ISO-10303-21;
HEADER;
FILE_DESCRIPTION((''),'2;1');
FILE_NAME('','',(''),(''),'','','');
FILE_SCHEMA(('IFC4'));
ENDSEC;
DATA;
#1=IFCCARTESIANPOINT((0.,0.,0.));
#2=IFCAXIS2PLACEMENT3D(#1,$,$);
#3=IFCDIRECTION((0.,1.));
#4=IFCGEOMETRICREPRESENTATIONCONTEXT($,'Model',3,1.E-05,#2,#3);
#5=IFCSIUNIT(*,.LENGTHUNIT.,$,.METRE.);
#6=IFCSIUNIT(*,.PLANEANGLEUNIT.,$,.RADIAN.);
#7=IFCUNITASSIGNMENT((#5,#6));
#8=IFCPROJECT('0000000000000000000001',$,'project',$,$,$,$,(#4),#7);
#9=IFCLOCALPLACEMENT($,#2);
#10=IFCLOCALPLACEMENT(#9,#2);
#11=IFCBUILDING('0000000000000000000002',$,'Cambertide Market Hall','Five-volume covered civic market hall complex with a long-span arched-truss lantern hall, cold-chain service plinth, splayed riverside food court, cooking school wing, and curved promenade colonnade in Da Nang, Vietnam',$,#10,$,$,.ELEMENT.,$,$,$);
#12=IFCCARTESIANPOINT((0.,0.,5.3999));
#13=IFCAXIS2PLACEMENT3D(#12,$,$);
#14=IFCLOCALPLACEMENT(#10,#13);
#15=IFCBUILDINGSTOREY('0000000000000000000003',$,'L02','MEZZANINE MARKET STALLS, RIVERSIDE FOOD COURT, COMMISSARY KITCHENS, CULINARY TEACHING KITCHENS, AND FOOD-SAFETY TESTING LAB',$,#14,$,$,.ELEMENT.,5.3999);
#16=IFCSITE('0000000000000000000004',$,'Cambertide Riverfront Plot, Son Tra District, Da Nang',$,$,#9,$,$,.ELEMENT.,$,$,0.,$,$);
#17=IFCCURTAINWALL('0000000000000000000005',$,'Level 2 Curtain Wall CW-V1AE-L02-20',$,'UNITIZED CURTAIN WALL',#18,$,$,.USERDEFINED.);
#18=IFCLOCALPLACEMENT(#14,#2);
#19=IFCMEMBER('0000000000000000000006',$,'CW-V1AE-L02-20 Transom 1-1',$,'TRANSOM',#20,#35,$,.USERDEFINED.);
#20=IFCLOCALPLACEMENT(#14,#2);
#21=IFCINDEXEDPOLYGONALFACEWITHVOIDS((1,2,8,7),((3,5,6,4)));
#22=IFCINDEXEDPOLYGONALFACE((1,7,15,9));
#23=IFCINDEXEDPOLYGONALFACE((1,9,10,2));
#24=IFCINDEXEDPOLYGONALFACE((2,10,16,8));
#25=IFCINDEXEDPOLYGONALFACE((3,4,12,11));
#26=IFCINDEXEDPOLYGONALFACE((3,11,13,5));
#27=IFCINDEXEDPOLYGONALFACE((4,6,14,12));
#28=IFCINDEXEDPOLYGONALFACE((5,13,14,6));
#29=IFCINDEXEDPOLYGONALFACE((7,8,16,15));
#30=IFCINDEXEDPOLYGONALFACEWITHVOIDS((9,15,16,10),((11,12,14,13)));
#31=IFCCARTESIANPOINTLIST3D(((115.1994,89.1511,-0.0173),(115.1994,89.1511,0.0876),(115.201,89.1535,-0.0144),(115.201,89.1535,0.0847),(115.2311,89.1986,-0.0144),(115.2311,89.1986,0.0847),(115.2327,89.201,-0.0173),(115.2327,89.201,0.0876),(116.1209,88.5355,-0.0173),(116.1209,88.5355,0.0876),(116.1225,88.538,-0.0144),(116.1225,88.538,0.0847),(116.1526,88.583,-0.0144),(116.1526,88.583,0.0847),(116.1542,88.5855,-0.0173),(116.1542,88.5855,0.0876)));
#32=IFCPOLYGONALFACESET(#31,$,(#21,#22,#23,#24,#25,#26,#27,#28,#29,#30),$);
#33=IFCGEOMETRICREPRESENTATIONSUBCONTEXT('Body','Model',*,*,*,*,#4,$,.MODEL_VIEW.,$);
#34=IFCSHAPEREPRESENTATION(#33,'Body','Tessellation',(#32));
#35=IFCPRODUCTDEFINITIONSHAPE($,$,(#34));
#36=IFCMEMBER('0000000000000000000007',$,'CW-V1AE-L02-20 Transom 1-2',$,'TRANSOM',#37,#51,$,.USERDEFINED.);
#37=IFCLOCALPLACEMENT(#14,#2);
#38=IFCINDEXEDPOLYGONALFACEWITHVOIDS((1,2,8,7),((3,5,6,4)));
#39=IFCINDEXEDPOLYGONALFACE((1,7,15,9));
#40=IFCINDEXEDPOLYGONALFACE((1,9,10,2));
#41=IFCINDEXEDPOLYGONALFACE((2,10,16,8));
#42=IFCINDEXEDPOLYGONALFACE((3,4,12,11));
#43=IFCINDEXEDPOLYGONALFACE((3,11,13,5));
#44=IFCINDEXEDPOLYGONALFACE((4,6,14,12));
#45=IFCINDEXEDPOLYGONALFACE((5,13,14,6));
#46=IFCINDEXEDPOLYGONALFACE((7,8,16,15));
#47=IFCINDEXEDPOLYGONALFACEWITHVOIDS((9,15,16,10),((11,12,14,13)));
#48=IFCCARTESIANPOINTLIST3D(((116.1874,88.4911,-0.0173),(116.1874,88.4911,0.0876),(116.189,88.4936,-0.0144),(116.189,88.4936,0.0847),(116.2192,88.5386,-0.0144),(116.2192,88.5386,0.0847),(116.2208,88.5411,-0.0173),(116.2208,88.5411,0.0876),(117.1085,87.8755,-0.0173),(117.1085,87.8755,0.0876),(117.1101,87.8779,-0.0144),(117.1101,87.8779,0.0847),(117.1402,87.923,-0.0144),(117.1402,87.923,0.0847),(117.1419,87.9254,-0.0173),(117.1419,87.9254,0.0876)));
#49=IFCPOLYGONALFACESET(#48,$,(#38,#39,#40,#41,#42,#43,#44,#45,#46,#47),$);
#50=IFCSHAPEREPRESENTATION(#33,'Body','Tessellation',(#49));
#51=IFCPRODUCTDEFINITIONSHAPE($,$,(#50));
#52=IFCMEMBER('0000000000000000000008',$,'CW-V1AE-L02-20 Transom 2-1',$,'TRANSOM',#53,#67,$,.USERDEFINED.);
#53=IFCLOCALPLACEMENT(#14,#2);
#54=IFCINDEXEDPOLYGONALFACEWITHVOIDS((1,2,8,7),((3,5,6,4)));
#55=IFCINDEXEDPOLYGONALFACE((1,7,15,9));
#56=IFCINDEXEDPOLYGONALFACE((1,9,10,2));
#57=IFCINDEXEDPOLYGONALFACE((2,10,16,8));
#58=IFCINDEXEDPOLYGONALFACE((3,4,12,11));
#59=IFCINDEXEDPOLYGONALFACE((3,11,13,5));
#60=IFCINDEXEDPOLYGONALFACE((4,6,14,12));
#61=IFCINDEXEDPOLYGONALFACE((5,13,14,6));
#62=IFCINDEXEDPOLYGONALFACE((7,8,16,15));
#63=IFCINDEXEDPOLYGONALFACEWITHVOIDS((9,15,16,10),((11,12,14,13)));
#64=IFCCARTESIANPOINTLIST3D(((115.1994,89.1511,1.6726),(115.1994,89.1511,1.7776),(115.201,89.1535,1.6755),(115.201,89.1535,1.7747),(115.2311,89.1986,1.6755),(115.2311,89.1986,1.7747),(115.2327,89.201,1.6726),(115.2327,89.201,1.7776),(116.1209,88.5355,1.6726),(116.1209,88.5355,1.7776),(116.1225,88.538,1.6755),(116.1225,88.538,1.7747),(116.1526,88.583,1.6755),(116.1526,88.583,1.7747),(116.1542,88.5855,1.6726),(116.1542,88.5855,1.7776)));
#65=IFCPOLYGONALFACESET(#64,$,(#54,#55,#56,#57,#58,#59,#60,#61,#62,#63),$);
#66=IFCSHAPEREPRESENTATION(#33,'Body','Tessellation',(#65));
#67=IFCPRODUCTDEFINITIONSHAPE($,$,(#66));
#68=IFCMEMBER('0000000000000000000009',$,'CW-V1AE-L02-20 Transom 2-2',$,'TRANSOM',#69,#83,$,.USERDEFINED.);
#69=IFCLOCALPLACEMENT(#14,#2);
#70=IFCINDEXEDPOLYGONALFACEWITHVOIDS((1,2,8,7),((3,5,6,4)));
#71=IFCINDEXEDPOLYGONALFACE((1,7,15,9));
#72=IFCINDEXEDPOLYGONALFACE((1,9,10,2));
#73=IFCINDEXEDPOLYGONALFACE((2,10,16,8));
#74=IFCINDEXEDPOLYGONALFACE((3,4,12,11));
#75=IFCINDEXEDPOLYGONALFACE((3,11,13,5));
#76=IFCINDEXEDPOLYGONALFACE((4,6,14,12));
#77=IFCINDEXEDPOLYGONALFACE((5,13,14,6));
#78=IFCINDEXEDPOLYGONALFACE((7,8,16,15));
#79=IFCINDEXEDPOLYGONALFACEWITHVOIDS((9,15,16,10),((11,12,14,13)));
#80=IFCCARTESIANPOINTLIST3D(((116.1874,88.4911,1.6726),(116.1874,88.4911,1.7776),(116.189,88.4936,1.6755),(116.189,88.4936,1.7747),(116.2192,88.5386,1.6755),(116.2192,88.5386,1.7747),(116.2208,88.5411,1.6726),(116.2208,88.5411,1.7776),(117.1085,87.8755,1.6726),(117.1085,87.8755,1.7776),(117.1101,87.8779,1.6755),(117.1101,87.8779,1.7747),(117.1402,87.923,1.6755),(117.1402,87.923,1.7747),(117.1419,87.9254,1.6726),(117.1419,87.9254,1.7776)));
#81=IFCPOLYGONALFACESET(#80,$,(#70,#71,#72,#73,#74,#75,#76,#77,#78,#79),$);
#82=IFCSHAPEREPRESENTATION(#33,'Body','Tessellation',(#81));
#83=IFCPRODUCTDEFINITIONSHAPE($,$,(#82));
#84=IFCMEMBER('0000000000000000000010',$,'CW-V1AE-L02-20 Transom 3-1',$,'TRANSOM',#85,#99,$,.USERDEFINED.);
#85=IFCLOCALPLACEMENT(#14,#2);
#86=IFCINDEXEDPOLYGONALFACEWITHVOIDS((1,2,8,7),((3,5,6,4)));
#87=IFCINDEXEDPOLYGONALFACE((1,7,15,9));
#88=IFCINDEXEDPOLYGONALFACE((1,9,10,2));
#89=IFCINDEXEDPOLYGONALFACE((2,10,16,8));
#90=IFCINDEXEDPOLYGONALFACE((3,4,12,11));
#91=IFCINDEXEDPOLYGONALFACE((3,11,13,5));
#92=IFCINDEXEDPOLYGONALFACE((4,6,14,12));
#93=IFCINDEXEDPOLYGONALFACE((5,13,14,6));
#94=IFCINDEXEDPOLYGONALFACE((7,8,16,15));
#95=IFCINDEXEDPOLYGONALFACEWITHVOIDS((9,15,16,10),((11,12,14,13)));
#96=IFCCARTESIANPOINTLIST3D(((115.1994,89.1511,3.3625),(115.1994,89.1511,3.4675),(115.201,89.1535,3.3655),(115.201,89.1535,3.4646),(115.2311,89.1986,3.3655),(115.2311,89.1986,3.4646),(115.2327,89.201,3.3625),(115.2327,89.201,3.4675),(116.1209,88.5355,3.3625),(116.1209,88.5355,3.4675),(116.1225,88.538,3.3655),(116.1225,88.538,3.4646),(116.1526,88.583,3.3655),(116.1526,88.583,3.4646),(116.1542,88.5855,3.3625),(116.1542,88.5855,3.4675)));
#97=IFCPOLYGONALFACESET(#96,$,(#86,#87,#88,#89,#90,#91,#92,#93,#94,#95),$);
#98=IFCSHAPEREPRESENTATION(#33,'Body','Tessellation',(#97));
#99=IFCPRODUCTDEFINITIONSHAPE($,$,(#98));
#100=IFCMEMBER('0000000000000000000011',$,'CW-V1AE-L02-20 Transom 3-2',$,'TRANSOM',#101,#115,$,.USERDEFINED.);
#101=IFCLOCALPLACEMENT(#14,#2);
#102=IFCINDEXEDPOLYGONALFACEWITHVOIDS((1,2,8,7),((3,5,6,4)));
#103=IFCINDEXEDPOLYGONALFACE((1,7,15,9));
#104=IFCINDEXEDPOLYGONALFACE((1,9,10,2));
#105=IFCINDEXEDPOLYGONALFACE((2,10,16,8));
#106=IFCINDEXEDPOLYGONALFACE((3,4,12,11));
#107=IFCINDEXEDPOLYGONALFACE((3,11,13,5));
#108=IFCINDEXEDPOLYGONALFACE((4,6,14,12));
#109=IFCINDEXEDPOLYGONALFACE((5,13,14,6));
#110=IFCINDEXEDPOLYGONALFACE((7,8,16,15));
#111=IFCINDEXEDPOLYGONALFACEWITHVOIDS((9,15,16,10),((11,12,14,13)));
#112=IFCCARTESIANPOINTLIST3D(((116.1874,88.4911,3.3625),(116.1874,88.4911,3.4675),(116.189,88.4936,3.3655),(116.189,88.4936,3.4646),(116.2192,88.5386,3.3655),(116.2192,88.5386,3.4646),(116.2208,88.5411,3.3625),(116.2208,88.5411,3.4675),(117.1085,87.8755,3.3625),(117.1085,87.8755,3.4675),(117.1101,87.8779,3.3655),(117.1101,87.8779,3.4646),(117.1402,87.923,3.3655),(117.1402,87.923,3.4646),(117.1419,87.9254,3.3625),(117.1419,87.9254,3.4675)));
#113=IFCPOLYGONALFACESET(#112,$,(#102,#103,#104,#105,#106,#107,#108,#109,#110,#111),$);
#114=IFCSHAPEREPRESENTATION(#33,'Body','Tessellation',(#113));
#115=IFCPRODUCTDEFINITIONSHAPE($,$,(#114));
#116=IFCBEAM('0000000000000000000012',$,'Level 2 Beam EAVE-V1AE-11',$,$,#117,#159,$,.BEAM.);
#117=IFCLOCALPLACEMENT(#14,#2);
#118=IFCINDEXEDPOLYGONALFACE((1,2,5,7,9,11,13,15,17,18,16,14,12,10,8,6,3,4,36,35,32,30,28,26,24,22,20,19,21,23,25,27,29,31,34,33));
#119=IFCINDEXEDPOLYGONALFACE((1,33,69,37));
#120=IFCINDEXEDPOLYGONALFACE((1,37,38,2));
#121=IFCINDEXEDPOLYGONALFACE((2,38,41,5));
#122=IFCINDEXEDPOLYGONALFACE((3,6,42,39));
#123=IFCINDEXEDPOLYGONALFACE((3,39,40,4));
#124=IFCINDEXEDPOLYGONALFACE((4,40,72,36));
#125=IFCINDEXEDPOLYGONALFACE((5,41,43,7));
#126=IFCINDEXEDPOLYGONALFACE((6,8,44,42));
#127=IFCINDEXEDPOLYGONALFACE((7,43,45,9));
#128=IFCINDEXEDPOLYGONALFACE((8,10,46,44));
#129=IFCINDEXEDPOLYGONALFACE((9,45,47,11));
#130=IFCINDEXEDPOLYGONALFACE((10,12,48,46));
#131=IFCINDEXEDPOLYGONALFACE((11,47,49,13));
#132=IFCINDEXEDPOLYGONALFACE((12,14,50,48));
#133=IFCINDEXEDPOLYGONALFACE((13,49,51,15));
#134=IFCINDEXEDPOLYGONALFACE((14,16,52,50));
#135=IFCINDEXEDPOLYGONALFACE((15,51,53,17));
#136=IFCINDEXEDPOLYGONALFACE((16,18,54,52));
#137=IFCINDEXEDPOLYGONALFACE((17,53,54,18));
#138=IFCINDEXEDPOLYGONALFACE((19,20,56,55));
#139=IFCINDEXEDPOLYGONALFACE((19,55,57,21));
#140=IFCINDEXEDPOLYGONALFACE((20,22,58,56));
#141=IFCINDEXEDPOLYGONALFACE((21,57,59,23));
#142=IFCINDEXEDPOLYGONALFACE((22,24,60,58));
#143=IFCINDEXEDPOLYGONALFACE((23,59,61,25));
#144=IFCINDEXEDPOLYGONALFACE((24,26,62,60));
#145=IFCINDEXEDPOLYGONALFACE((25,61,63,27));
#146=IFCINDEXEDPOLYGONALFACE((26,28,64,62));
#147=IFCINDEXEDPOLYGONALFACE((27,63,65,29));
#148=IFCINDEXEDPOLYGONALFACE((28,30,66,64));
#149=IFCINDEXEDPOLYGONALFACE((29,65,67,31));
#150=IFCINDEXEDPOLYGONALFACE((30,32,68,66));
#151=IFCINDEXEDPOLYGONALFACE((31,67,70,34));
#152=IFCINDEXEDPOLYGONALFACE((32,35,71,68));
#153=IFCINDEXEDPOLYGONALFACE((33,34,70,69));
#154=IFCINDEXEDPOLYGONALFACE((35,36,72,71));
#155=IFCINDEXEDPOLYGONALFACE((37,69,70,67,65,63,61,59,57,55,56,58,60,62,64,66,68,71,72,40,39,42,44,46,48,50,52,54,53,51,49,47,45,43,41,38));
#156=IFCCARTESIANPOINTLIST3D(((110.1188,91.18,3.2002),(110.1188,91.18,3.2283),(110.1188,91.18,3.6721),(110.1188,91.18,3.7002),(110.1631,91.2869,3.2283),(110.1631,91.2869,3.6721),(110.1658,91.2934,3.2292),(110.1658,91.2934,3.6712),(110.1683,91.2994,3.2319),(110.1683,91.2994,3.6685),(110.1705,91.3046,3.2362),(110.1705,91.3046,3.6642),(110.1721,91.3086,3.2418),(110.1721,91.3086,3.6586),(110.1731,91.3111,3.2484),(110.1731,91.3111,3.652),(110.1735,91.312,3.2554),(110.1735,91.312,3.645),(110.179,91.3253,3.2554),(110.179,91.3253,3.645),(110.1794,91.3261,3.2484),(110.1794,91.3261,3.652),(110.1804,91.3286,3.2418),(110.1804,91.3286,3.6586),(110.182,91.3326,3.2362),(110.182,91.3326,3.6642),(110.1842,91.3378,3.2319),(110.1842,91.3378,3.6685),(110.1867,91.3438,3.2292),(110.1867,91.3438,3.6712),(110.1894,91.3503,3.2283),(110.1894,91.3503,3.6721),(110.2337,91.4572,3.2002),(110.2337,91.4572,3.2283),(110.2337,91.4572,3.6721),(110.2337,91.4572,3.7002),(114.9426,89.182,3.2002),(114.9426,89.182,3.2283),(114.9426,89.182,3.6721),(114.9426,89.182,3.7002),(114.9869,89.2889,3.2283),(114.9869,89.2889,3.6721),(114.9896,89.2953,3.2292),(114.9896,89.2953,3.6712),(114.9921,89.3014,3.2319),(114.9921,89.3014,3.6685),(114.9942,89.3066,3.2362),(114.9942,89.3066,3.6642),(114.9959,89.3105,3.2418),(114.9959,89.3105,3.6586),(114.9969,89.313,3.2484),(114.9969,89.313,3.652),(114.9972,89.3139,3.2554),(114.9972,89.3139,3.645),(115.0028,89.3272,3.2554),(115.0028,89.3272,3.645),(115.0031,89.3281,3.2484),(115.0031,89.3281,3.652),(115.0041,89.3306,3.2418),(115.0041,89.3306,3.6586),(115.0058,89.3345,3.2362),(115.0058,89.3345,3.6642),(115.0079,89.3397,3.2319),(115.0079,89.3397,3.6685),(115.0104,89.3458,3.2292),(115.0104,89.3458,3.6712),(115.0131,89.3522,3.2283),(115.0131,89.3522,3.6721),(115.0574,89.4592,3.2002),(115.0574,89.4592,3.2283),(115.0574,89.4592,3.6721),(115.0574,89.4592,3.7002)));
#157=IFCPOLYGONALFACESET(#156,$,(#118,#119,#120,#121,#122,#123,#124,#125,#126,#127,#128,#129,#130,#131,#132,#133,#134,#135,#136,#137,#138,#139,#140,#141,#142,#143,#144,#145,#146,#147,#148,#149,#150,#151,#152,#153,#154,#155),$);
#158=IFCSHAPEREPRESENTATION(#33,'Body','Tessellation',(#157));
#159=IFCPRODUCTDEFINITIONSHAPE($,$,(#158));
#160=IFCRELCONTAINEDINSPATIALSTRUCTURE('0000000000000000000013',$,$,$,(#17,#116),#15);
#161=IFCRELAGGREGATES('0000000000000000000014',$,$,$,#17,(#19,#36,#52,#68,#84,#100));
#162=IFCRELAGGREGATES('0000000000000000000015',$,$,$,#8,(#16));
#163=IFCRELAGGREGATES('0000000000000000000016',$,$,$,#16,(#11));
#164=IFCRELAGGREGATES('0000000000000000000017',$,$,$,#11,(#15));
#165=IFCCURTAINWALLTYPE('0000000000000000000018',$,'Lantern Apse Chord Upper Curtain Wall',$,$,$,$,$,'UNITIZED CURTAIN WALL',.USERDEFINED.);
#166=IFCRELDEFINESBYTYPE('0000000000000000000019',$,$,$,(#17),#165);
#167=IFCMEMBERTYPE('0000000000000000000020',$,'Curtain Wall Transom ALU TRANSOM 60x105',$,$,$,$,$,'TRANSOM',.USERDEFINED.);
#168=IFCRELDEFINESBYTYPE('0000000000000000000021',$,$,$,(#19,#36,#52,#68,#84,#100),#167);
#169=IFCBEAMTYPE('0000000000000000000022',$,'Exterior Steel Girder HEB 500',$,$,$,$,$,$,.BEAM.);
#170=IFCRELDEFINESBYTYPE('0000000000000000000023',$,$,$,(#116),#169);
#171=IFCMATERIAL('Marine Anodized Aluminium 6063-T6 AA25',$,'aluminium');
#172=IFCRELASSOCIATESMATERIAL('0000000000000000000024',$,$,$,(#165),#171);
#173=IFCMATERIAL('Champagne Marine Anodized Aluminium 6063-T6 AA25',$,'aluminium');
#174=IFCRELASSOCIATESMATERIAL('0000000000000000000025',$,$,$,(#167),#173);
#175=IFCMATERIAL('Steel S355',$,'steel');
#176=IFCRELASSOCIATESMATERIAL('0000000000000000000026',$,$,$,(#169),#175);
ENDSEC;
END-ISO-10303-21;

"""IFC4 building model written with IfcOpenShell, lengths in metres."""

from ifc_helpers import new_model, si_unit, direction, frame, origin, origin_2d, place, context, subcontext, project, spatial, hollow_rectangle, i_section, extrude, material, material_profile, profile_set, type_object, element, aggregate, save


model = new_model("IFC4")

# Units and contexts
model_context = context("Model", 3, precision=1e-05, world=origin(), true_north=direction((0.0, 1.0)))
body_context = subcontext(model_context, "Body", "Model", "MODEL_VIEW")
ifc_project = project(units=[si_unit("LENGTHUNIT", "METRE"), si_unit("PLANEANGLEUNIT", "RADIAN")], contexts=[model_context])

# Site, building, storey
site_placement = place(None, origin())
site = spatial("IfcSite", under=ifc_project, at=site_placement, Name="Cambertide Riverfront Plot, Son Tra District, Da Nang", CompositionType="ELEMENT", RefElevation=0.0)
building_placement = place(site_placement, origin())
building = spatial("IfcBuilding", under=site, at=building_placement, Name="Cambertide Market Hall", Description="Five-volume covered civic market hall complex with a long-span arched-truss lantern hall, cold-chain service plinth, splayed riverside food court, cooking school wing, and curved promenade colonnade in Da Nang, Vietnam", CompositionType="ELEMENT")
storey_placement = place(building_placement, frame((0.0, 0.0, 5.3999)))
storey = spatial("IfcBuildingStorey", under=building, at=storey_placement, Name="L02", Description="MEZZANINE MARKET STALLS, RIVERSIDE FOOD COURT, COMMISSARY KITCHENS, CULINARY TEACHING KITCHENS, AND FOOD-SAFETY TESTING LAB", CompositionType="ELEMENT", Elevation=5.3999)

# Shared definitions
ifc_material_1 = material(Name="Marine Anodized Aluminium 6063-T6 AA25", Category="aluminium")
curtain_wall_type = type_object("IfcCurtainWallType", Name="Lantern Apse Chord Upper Curtain Wall", ElementType="UNITIZED CURTAIN WALL", PredefinedType="USERDEFINED", material=ifc_material_1)

# Curtain wall
curtain_wall_1_placement = place(storey_placement, origin())
curtain_wall_1 = element("IfcCurtainWall", 1, at=curtain_wall_1_placement, inside=storey, type_object=curtain_wall_type, Name="Level 2 Curtain Wall CW-V1AE-L02-20", ObjectType="UNITIZED CURTAIN WALL", PredefinedType="USERDEFINED")

# Members
ifc_material_2 = material(Name="Champagne Marine Anodized Aluminium 6063-T6 AA25", Category="aluminium")
ifc_material_profile_1 = material_profile(ifc_material_2, hollow_rectangle(XDim=0.0601, YDim=0.105, WallThickness=0.0029, at=origin_2d()), Name="ALU TRANSOM 60x105")
ifc_profile_set_1 = profile_set([ifc_material_profile_1], Name="Champagne Marine Anodized Aluminium 6063-T6 AA25")
member_type_1 = type_object("IfcMemberType", Name="Curtain Wall Transom ALU TRANSOM 60x105", ElementType="TRANSOM", PredefinedType="USERDEFINED", material=ifc_profile_set_1)
member_1_placement = place(storey_placement, frame((115.2161, 89.176, 0.0352), z_axis=(0.831541, -0.555463, 0.0), x_axis=(0.555463, 0.831541, 0.0)))
member_1 = element("IfcMember", 2, at=member_1_placement, type_object=member_type_1, Name="CW-V1AE-L02-20 Transom 1-1", ObjectType="TRANSOM", PredefinedType="USERDEFINED", context=body_context, shape_type="SweptSolid", body=[
    extrude(hollow_rectangle(XDim=0.0601, YDim=0.105, WallThickness=0.0029, at=origin_2d()), origin(), (0.0, 0.0, 1.0), 1.1082),
])
member_2_placement = place(storey_placement, frame((116.2041, 88.5161, 0.0352), z_axis=(0.831372, -0.555717, 0.0), x_axis=(0.555717, 0.831372, 0.0)))
member_2 = element("IfcMember", 3, at=member_2_placement, type_object=member_type_1, Name="CW-V1AE-L02-20 Transom 1-2", ObjectType="TRANSOM", PredefinedType="USERDEFINED", context=body_context, shape_type="SweptSolid", body=[
    extrude(hollow_rectangle(XDim=0.0601, YDim=0.105, WallThickness=0.0029, at=origin_2d()), origin(), (0.0, 0.0, 1.0), 1.1079),
])
member_3_placement = place(storey_placement, frame((115.2161, 89.176, 1.7251), z_axis=(0.831541, -0.555463, 0.0), x_axis=(0.555463, 0.831541, 0.0)))
member_3 = element("IfcMember", 4, at=member_3_placement, type_object=member_type_1, Name="CW-V1AE-L02-20 Transom 2-1", ObjectType="TRANSOM", PredefinedType="USERDEFINED", context=body_context, shape_type="SweptSolid", body=[
    extrude(hollow_rectangle(XDim=0.0601, YDim=0.105, WallThickness=0.0029, at=origin_2d()), origin(), (0.0, 0.0, 1.0), 1.1082),
])
member_4_placement = place(storey_placement, frame((116.2041, 88.5161, 1.7251), z_axis=(0.831372, -0.555717, 0.0), x_axis=(0.555717, 0.831372, 0.0)))
member_4 = element("IfcMember", 5, at=member_4_placement, type_object=member_type_1, Name="CW-V1AE-L02-20 Transom 2-2", ObjectType="TRANSOM", PredefinedType="USERDEFINED", context=body_context, shape_type="SweptSolid", body=[
    extrude(hollow_rectangle(XDim=0.0601, YDim=0.105, WallThickness=0.0029, at=origin_2d()), origin(), (0.0, 0.0, 1.0), 1.1079),
])
member_5_placement = place(storey_placement, frame((115.2161, 89.176, 3.415), z_axis=(0.831541, -0.555463, 0.0), x_axis=(0.555463, 0.831541, 0.0)))
member_5 = element("IfcMember", 6, at=member_5_placement, type_object=member_type_1, Name="CW-V1AE-L02-20 Transom 3-1", ObjectType="TRANSOM", PredefinedType="USERDEFINED", context=body_context, shape_type="SweptSolid", body=[
    extrude(hollow_rectangle(XDim=0.0601, YDim=0.105, WallThickness=0.0029, at=origin_2d()), origin(), (0.0, 0.0, 1.0), 1.1082),
])
member_6_placement = place(storey_placement, frame((116.2041, 88.5161, 3.415), z_axis=(0.831372, -0.555717, 0.0), x_axis=(0.555717, 0.831372, 0.0)))
member_6 = element("IfcMember", 7, at=member_6_placement, type_object=member_type_1, Name="CW-V1AE-L02-20 Transom 3-2", ObjectType="TRANSOM", PredefinedType="USERDEFINED", context=body_context, shape_type="SweptSolid", body=[
    extrude(hollow_rectangle(XDim=0.0601, YDim=0.105, WallThickness=0.0029, at=origin_2d()), origin(), (0.0, 0.0, 1.0), 1.1079),
])

# Beam
ifc_material_3 = material(Name="Steel S355", Category="steel")
ifc_material_profile_2 = material_profile(ifc_material_3, i_section(OverallWidth=0.3, OverallDepth=0.5, WebThickness=0.0144, FlangeThickness=0.0281, FilletRadius=0.0271, at=origin_2d()), Name="HEB 500")
ifc_profile_set_2 = profile_set([ifc_material_profile_2], Name="Steel S355")
beam_type_1 = type_object("IfcBeamType", Name="Exterior Steel Girder HEB 500", PredefinedType="BEAM", material=ifc_profile_set_2)
beam_1_placement = place(storey_placement, frame((115.0, 89.3206, 3.4502), z_axis=(-0.92388, 0.382682, 0.0), x_axis=(-0.382682, -0.92388, 0.0)))
element("IfcBeam", 8, at=beam_1_placement, inside=storey, type_object=beam_type_1, Name="Level 2 Beam EAVE-V1AE-11", PredefinedType="BEAM", context=body_context, shape_type="SweptSolid", body=[
    extrude(i_section(OverallWidth=0.3, OverallDepth=0.5, WebThickness=0.0144, FlangeThickness=0.0281, FilletRadius=0.0271, at=origin_2d()), origin(), (0.0, 0.0, 1.0), 5.2212),
])

aggregate(curtain_wall_1, [member_1, member_2, member_3, member_4, member_5, member_6])

save(model, "model.ifc")
